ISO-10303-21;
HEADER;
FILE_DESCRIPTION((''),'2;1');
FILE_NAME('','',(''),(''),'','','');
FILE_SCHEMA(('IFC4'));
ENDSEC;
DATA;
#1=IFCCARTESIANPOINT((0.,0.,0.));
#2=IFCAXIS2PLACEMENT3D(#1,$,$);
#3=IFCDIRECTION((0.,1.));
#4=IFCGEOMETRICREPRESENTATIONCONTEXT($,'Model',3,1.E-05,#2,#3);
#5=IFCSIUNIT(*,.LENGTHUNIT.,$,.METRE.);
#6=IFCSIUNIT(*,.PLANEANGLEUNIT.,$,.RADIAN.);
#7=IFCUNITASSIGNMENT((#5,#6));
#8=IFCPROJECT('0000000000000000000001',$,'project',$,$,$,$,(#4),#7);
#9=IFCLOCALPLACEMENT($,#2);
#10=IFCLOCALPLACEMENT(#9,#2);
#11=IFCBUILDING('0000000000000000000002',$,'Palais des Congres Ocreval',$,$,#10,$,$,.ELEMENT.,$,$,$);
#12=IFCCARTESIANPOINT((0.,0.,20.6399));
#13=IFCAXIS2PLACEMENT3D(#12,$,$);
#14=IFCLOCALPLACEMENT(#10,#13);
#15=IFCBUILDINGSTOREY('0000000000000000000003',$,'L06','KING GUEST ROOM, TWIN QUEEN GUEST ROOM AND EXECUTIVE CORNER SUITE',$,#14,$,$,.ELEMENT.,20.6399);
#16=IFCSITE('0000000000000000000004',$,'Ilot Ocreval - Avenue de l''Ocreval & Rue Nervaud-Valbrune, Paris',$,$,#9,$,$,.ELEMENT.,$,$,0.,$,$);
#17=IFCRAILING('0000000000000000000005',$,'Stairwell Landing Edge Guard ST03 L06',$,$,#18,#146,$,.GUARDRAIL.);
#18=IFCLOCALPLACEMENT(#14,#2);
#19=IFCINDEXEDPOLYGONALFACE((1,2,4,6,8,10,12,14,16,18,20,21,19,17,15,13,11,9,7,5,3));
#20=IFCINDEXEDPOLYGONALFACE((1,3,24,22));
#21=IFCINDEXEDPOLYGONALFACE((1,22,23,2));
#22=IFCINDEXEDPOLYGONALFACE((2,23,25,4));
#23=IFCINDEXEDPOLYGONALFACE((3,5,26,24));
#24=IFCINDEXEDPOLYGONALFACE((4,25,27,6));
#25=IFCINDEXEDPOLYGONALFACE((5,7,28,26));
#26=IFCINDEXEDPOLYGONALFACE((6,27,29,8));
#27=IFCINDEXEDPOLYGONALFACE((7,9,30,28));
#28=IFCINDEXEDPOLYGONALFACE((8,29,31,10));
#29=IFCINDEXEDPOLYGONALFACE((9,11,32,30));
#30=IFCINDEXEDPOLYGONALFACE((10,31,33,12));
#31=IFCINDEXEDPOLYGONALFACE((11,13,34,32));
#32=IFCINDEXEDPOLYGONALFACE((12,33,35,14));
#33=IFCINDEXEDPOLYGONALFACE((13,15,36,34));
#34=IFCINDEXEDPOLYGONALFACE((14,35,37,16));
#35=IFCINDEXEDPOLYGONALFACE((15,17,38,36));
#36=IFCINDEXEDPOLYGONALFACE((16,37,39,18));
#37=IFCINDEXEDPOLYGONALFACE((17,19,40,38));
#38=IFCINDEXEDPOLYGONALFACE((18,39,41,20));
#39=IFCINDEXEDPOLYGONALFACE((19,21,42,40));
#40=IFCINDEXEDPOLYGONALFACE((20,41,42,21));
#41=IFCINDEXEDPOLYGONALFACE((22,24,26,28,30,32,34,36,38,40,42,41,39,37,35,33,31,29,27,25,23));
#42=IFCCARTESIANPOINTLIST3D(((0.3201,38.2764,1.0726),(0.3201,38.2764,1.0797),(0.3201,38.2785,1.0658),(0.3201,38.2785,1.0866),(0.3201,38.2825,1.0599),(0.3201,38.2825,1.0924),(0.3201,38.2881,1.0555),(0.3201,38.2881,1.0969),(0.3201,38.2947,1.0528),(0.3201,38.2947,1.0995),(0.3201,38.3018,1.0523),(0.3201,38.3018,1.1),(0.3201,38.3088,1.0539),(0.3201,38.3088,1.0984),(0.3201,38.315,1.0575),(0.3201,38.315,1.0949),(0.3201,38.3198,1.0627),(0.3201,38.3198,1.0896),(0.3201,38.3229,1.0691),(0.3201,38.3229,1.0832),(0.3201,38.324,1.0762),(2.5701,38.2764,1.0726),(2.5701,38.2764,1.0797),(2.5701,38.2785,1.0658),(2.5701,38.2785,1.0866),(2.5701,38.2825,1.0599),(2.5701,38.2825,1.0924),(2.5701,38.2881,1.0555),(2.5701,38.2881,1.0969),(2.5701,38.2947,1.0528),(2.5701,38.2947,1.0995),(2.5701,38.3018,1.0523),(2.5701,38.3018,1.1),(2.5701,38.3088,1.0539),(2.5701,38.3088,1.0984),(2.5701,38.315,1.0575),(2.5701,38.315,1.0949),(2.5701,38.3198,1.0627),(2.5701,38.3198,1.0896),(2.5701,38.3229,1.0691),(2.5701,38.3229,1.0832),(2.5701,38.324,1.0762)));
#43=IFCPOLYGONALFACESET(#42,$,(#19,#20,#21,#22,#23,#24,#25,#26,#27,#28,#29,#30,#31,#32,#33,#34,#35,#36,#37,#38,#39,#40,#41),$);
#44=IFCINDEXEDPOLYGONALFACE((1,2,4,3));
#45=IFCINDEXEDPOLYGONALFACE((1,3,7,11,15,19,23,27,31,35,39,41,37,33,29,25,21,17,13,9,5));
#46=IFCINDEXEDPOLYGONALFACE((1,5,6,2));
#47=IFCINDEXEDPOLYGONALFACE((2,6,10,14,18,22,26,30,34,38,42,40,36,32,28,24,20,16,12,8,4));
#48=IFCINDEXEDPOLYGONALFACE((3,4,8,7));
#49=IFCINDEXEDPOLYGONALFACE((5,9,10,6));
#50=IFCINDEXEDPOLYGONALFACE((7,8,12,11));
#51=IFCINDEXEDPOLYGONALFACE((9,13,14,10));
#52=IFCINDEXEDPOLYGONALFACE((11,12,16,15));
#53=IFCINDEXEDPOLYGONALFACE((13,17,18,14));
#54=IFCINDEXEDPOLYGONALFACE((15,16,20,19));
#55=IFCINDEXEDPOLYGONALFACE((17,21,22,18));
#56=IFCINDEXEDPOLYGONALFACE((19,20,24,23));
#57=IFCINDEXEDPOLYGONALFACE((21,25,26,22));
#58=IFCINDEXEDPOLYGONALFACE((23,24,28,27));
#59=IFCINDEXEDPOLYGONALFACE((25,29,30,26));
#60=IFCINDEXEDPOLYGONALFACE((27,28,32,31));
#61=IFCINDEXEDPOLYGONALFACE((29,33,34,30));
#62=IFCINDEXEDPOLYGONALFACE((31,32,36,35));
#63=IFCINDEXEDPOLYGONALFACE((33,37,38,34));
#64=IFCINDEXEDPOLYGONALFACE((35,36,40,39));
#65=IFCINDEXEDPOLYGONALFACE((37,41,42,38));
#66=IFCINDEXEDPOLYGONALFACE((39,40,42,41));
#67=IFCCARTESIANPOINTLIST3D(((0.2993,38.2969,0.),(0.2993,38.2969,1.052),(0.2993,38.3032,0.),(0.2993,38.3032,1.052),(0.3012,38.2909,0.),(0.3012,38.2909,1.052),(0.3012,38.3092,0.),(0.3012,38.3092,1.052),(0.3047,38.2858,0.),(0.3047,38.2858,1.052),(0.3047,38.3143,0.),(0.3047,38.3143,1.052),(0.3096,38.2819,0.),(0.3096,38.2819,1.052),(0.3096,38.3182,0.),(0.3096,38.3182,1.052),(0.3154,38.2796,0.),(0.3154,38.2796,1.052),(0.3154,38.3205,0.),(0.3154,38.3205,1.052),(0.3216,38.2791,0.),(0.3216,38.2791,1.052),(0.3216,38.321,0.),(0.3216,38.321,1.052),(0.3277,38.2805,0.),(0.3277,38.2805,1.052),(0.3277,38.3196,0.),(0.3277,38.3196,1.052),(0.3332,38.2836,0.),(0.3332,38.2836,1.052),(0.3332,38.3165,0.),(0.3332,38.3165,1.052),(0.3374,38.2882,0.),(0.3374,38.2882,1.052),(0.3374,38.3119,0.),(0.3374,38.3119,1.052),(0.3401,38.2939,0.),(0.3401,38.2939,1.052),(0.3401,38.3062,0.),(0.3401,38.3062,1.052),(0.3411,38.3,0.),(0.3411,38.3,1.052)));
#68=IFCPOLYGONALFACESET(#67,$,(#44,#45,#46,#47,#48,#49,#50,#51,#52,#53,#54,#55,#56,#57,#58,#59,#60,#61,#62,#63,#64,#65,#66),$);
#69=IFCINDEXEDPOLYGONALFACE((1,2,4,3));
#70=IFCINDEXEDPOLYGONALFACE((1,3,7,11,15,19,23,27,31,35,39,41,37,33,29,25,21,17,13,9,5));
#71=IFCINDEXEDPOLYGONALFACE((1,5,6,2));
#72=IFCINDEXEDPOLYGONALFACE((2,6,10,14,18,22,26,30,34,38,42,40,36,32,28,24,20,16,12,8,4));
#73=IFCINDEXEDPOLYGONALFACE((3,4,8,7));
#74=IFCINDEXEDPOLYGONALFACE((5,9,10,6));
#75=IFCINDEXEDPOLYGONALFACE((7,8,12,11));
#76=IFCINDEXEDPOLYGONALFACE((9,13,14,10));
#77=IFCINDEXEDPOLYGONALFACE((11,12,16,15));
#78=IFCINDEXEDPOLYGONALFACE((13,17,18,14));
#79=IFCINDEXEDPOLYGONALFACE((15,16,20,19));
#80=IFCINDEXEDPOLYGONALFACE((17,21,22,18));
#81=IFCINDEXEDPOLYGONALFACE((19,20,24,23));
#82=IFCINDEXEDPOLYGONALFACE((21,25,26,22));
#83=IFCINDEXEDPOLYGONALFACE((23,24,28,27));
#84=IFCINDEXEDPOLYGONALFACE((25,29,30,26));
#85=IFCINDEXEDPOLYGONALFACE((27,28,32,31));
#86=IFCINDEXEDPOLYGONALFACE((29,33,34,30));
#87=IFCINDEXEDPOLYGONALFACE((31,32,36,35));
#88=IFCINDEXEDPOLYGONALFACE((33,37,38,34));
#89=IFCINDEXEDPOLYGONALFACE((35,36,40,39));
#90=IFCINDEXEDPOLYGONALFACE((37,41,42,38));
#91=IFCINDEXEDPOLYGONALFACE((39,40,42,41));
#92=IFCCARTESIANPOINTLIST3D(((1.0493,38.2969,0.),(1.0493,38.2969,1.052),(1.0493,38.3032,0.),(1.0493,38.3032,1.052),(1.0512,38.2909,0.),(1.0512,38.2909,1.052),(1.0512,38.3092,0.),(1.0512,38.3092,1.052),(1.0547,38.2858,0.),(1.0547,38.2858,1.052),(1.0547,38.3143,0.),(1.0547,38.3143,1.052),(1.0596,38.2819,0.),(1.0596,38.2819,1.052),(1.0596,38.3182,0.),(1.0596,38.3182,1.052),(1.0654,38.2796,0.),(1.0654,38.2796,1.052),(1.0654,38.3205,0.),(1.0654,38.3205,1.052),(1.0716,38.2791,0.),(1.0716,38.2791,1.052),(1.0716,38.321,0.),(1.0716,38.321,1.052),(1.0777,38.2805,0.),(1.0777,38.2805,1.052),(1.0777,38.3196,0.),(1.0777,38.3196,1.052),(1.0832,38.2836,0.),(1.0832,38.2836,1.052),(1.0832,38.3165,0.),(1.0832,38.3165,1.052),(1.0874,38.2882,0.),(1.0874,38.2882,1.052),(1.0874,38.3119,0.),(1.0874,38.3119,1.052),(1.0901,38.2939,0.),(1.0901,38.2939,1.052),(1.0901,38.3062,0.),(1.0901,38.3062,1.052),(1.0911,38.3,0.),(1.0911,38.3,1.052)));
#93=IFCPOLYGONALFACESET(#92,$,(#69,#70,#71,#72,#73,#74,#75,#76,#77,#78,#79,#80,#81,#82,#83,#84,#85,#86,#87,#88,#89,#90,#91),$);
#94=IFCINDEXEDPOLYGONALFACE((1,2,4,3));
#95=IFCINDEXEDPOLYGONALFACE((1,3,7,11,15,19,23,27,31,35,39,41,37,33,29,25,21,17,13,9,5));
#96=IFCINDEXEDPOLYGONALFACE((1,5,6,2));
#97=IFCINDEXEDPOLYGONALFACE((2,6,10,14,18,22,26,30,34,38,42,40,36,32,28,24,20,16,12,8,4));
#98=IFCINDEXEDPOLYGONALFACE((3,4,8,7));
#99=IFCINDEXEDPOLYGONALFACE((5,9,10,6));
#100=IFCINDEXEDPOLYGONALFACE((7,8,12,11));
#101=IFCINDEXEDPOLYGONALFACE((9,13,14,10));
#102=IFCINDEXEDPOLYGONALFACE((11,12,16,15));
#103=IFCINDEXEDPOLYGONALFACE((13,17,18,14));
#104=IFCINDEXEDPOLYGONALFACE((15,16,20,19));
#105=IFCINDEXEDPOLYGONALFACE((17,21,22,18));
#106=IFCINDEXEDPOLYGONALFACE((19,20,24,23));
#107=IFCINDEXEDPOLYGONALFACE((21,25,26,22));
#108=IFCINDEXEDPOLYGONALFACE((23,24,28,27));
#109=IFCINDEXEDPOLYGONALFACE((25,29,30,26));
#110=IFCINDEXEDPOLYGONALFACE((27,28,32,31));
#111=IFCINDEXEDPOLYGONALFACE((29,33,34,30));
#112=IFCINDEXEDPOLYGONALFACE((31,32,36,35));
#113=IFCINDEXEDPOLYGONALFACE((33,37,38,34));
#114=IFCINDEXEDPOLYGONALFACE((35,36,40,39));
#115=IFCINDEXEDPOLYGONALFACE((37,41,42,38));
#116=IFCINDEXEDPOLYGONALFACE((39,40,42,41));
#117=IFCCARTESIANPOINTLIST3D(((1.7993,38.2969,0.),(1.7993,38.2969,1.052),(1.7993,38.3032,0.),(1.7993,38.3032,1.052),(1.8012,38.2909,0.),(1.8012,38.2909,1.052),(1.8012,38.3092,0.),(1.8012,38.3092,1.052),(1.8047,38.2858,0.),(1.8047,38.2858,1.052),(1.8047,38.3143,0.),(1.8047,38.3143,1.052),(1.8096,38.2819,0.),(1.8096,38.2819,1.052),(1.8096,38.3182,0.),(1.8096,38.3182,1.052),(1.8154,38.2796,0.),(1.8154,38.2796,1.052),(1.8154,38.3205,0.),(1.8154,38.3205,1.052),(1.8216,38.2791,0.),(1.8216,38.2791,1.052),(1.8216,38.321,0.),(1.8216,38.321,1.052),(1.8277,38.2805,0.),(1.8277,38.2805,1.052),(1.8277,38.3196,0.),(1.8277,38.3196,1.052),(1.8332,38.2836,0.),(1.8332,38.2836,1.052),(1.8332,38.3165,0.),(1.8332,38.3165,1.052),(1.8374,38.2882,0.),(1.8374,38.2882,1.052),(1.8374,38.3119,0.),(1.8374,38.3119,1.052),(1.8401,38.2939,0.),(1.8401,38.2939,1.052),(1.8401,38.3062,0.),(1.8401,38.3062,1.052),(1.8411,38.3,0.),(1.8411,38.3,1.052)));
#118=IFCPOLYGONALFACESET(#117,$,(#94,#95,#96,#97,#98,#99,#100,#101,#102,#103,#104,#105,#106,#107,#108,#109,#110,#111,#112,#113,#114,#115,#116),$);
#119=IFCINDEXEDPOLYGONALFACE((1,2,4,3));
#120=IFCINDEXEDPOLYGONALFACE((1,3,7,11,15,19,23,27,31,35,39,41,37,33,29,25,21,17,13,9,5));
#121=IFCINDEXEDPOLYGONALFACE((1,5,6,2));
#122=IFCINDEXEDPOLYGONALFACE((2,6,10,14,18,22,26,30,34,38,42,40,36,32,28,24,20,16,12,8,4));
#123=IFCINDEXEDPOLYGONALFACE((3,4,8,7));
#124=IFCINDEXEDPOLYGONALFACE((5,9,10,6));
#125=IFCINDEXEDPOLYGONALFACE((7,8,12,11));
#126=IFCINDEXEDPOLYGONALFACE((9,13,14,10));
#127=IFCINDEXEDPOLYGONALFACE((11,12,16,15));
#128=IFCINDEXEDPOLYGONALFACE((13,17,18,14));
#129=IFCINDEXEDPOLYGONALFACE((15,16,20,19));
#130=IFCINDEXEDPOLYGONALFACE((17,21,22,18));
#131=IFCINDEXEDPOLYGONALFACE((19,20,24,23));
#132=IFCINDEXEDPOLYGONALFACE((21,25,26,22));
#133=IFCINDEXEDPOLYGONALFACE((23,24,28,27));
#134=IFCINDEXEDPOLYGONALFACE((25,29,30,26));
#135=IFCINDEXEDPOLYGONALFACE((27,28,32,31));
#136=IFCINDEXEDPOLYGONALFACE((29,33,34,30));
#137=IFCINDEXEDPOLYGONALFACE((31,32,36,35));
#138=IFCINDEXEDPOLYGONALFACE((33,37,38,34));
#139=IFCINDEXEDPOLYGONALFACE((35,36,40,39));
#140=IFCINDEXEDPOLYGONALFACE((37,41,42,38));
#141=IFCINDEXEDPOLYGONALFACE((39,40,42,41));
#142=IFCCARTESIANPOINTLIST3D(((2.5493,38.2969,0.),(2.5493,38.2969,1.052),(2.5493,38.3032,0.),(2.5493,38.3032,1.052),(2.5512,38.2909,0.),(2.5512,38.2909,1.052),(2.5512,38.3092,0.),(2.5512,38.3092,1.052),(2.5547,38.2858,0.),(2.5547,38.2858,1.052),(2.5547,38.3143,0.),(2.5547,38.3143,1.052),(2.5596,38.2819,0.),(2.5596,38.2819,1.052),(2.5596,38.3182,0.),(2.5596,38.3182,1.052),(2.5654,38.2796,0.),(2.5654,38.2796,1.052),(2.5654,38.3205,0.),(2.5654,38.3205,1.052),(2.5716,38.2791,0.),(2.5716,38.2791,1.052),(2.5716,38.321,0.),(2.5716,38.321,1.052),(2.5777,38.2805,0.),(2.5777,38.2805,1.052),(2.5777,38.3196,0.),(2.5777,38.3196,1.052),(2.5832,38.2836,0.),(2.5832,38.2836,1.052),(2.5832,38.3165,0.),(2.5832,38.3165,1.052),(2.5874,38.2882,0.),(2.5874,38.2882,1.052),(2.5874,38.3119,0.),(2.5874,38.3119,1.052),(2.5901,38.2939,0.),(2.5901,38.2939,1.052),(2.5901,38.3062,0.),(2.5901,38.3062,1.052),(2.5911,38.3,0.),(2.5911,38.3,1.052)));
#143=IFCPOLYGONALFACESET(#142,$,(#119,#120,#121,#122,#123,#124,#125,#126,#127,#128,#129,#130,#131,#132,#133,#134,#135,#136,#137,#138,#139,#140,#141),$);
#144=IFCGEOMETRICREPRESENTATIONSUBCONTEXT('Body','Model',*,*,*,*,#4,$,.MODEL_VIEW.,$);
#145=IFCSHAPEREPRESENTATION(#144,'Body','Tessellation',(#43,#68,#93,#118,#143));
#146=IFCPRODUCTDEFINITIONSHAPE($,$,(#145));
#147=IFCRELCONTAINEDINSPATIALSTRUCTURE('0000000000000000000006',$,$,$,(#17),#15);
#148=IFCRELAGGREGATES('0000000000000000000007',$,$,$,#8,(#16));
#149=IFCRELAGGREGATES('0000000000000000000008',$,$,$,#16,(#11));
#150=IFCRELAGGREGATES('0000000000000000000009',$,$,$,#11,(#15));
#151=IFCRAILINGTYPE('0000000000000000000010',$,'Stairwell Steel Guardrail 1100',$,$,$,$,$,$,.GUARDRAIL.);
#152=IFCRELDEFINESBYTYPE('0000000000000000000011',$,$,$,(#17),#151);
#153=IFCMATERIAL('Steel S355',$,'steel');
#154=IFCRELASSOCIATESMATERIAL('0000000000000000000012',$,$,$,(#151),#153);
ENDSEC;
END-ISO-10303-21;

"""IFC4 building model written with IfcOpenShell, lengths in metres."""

from ifc_helpers import new_model, si_unit, direction, frame, origin, origin_2d, place, context, subcontext, project, spatial, circle, extrude, material, type_object, element, save


model = new_model("IFC4")

# Units and contexts
model_context = context("Model", 3, precision=1e-05, world=origin(), true_north=direction((0.0, 1.0)))
body_context = subcontext(model_context, "Body", "Model", "MODEL_VIEW")
ifc_project = project(units=[si_unit("LENGTHUNIT", "METRE"), si_unit("PLANEANGLEUNIT", "RADIAN")], contexts=[model_context])

# Site, building, storey
site_placement = place(None, origin())
site = spatial("IfcSite", under=ifc_project, at=site_placement, Name="Ilot Ocreval - Avenue de l'Ocreval & Rue Nervaud-Valbrune, Paris", CompositionType="ELEMENT", RefElevation=0.0)
building_placement = place(site_placement, origin())
building = spatial("IfcBuilding", under=site, at=building_placement, Name="Palais des Congres Ocreval", CompositionType="ELEMENT")
storey_placement = place(building_placement, frame((0.0, 0.0, 20.6399)))
storey = spatial("IfcBuildingStorey", under=building, at=storey_placement, Name="L06", Description="KING GUEST ROOM, TWIN QUEEN GUEST ROOM AND EXECUTIVE CORNER SUITE", CompositionType="ELEMENT", Elevation=20.6399)

# Shared definitions
ifc_material_1 = material(Name="Steel S355", Category="steel")

# Railing
railing_type_1 = type_object("IfcRailingType", Name="Stairwell Steel Guardrail 1100", PredefinedType="GUARDRAIL", material=ifc_material_1)
railing_1_placement = place(storey_placement, frame((0.3201, 38.3, 0.0)))
element("IfcRailing", 1, at=railing_1_placement, inside=storey, type_object=railing_type_1, Name="Stairwell Landing Edge Guard ST03 L06", PredefinedType="GUARDRAIL", context=body_context, shape_type="SweptSolid", body=[
    extrude(circle(Radius=0.0239, at=origin_2d()), frame((0.0, 0.0, 1.0762), z_axis=(1.0, 0.0, 0.0), x_axis=(0.0, 1.0, 0.0)), (0.0, 0.0, 1.0), 2.25),
    extrude(circle(Radius=0.021, at=origin_2d()), origin(), (0.0, 0.0, 1.0), 1.052),
    extrude(circle(Radius=0.021, at=origin_2d()), frame((0.75, 0.0, 0.0)), (0.0, 0.0, 1.0), 1.052),
    extrude(circle(Radius=0.021, at=origin_2d()), frame((1.5, 0.0, 0.0)), (0.0, 0.0, 1.0), 1.052),
    extrude(circle(Radius=0.021, at=origin_2d()), frame((2.25, 0.0, 0.0)), (0.0, 0.0, 1.0), 1.052),
])

save(model, "model.ifc")
